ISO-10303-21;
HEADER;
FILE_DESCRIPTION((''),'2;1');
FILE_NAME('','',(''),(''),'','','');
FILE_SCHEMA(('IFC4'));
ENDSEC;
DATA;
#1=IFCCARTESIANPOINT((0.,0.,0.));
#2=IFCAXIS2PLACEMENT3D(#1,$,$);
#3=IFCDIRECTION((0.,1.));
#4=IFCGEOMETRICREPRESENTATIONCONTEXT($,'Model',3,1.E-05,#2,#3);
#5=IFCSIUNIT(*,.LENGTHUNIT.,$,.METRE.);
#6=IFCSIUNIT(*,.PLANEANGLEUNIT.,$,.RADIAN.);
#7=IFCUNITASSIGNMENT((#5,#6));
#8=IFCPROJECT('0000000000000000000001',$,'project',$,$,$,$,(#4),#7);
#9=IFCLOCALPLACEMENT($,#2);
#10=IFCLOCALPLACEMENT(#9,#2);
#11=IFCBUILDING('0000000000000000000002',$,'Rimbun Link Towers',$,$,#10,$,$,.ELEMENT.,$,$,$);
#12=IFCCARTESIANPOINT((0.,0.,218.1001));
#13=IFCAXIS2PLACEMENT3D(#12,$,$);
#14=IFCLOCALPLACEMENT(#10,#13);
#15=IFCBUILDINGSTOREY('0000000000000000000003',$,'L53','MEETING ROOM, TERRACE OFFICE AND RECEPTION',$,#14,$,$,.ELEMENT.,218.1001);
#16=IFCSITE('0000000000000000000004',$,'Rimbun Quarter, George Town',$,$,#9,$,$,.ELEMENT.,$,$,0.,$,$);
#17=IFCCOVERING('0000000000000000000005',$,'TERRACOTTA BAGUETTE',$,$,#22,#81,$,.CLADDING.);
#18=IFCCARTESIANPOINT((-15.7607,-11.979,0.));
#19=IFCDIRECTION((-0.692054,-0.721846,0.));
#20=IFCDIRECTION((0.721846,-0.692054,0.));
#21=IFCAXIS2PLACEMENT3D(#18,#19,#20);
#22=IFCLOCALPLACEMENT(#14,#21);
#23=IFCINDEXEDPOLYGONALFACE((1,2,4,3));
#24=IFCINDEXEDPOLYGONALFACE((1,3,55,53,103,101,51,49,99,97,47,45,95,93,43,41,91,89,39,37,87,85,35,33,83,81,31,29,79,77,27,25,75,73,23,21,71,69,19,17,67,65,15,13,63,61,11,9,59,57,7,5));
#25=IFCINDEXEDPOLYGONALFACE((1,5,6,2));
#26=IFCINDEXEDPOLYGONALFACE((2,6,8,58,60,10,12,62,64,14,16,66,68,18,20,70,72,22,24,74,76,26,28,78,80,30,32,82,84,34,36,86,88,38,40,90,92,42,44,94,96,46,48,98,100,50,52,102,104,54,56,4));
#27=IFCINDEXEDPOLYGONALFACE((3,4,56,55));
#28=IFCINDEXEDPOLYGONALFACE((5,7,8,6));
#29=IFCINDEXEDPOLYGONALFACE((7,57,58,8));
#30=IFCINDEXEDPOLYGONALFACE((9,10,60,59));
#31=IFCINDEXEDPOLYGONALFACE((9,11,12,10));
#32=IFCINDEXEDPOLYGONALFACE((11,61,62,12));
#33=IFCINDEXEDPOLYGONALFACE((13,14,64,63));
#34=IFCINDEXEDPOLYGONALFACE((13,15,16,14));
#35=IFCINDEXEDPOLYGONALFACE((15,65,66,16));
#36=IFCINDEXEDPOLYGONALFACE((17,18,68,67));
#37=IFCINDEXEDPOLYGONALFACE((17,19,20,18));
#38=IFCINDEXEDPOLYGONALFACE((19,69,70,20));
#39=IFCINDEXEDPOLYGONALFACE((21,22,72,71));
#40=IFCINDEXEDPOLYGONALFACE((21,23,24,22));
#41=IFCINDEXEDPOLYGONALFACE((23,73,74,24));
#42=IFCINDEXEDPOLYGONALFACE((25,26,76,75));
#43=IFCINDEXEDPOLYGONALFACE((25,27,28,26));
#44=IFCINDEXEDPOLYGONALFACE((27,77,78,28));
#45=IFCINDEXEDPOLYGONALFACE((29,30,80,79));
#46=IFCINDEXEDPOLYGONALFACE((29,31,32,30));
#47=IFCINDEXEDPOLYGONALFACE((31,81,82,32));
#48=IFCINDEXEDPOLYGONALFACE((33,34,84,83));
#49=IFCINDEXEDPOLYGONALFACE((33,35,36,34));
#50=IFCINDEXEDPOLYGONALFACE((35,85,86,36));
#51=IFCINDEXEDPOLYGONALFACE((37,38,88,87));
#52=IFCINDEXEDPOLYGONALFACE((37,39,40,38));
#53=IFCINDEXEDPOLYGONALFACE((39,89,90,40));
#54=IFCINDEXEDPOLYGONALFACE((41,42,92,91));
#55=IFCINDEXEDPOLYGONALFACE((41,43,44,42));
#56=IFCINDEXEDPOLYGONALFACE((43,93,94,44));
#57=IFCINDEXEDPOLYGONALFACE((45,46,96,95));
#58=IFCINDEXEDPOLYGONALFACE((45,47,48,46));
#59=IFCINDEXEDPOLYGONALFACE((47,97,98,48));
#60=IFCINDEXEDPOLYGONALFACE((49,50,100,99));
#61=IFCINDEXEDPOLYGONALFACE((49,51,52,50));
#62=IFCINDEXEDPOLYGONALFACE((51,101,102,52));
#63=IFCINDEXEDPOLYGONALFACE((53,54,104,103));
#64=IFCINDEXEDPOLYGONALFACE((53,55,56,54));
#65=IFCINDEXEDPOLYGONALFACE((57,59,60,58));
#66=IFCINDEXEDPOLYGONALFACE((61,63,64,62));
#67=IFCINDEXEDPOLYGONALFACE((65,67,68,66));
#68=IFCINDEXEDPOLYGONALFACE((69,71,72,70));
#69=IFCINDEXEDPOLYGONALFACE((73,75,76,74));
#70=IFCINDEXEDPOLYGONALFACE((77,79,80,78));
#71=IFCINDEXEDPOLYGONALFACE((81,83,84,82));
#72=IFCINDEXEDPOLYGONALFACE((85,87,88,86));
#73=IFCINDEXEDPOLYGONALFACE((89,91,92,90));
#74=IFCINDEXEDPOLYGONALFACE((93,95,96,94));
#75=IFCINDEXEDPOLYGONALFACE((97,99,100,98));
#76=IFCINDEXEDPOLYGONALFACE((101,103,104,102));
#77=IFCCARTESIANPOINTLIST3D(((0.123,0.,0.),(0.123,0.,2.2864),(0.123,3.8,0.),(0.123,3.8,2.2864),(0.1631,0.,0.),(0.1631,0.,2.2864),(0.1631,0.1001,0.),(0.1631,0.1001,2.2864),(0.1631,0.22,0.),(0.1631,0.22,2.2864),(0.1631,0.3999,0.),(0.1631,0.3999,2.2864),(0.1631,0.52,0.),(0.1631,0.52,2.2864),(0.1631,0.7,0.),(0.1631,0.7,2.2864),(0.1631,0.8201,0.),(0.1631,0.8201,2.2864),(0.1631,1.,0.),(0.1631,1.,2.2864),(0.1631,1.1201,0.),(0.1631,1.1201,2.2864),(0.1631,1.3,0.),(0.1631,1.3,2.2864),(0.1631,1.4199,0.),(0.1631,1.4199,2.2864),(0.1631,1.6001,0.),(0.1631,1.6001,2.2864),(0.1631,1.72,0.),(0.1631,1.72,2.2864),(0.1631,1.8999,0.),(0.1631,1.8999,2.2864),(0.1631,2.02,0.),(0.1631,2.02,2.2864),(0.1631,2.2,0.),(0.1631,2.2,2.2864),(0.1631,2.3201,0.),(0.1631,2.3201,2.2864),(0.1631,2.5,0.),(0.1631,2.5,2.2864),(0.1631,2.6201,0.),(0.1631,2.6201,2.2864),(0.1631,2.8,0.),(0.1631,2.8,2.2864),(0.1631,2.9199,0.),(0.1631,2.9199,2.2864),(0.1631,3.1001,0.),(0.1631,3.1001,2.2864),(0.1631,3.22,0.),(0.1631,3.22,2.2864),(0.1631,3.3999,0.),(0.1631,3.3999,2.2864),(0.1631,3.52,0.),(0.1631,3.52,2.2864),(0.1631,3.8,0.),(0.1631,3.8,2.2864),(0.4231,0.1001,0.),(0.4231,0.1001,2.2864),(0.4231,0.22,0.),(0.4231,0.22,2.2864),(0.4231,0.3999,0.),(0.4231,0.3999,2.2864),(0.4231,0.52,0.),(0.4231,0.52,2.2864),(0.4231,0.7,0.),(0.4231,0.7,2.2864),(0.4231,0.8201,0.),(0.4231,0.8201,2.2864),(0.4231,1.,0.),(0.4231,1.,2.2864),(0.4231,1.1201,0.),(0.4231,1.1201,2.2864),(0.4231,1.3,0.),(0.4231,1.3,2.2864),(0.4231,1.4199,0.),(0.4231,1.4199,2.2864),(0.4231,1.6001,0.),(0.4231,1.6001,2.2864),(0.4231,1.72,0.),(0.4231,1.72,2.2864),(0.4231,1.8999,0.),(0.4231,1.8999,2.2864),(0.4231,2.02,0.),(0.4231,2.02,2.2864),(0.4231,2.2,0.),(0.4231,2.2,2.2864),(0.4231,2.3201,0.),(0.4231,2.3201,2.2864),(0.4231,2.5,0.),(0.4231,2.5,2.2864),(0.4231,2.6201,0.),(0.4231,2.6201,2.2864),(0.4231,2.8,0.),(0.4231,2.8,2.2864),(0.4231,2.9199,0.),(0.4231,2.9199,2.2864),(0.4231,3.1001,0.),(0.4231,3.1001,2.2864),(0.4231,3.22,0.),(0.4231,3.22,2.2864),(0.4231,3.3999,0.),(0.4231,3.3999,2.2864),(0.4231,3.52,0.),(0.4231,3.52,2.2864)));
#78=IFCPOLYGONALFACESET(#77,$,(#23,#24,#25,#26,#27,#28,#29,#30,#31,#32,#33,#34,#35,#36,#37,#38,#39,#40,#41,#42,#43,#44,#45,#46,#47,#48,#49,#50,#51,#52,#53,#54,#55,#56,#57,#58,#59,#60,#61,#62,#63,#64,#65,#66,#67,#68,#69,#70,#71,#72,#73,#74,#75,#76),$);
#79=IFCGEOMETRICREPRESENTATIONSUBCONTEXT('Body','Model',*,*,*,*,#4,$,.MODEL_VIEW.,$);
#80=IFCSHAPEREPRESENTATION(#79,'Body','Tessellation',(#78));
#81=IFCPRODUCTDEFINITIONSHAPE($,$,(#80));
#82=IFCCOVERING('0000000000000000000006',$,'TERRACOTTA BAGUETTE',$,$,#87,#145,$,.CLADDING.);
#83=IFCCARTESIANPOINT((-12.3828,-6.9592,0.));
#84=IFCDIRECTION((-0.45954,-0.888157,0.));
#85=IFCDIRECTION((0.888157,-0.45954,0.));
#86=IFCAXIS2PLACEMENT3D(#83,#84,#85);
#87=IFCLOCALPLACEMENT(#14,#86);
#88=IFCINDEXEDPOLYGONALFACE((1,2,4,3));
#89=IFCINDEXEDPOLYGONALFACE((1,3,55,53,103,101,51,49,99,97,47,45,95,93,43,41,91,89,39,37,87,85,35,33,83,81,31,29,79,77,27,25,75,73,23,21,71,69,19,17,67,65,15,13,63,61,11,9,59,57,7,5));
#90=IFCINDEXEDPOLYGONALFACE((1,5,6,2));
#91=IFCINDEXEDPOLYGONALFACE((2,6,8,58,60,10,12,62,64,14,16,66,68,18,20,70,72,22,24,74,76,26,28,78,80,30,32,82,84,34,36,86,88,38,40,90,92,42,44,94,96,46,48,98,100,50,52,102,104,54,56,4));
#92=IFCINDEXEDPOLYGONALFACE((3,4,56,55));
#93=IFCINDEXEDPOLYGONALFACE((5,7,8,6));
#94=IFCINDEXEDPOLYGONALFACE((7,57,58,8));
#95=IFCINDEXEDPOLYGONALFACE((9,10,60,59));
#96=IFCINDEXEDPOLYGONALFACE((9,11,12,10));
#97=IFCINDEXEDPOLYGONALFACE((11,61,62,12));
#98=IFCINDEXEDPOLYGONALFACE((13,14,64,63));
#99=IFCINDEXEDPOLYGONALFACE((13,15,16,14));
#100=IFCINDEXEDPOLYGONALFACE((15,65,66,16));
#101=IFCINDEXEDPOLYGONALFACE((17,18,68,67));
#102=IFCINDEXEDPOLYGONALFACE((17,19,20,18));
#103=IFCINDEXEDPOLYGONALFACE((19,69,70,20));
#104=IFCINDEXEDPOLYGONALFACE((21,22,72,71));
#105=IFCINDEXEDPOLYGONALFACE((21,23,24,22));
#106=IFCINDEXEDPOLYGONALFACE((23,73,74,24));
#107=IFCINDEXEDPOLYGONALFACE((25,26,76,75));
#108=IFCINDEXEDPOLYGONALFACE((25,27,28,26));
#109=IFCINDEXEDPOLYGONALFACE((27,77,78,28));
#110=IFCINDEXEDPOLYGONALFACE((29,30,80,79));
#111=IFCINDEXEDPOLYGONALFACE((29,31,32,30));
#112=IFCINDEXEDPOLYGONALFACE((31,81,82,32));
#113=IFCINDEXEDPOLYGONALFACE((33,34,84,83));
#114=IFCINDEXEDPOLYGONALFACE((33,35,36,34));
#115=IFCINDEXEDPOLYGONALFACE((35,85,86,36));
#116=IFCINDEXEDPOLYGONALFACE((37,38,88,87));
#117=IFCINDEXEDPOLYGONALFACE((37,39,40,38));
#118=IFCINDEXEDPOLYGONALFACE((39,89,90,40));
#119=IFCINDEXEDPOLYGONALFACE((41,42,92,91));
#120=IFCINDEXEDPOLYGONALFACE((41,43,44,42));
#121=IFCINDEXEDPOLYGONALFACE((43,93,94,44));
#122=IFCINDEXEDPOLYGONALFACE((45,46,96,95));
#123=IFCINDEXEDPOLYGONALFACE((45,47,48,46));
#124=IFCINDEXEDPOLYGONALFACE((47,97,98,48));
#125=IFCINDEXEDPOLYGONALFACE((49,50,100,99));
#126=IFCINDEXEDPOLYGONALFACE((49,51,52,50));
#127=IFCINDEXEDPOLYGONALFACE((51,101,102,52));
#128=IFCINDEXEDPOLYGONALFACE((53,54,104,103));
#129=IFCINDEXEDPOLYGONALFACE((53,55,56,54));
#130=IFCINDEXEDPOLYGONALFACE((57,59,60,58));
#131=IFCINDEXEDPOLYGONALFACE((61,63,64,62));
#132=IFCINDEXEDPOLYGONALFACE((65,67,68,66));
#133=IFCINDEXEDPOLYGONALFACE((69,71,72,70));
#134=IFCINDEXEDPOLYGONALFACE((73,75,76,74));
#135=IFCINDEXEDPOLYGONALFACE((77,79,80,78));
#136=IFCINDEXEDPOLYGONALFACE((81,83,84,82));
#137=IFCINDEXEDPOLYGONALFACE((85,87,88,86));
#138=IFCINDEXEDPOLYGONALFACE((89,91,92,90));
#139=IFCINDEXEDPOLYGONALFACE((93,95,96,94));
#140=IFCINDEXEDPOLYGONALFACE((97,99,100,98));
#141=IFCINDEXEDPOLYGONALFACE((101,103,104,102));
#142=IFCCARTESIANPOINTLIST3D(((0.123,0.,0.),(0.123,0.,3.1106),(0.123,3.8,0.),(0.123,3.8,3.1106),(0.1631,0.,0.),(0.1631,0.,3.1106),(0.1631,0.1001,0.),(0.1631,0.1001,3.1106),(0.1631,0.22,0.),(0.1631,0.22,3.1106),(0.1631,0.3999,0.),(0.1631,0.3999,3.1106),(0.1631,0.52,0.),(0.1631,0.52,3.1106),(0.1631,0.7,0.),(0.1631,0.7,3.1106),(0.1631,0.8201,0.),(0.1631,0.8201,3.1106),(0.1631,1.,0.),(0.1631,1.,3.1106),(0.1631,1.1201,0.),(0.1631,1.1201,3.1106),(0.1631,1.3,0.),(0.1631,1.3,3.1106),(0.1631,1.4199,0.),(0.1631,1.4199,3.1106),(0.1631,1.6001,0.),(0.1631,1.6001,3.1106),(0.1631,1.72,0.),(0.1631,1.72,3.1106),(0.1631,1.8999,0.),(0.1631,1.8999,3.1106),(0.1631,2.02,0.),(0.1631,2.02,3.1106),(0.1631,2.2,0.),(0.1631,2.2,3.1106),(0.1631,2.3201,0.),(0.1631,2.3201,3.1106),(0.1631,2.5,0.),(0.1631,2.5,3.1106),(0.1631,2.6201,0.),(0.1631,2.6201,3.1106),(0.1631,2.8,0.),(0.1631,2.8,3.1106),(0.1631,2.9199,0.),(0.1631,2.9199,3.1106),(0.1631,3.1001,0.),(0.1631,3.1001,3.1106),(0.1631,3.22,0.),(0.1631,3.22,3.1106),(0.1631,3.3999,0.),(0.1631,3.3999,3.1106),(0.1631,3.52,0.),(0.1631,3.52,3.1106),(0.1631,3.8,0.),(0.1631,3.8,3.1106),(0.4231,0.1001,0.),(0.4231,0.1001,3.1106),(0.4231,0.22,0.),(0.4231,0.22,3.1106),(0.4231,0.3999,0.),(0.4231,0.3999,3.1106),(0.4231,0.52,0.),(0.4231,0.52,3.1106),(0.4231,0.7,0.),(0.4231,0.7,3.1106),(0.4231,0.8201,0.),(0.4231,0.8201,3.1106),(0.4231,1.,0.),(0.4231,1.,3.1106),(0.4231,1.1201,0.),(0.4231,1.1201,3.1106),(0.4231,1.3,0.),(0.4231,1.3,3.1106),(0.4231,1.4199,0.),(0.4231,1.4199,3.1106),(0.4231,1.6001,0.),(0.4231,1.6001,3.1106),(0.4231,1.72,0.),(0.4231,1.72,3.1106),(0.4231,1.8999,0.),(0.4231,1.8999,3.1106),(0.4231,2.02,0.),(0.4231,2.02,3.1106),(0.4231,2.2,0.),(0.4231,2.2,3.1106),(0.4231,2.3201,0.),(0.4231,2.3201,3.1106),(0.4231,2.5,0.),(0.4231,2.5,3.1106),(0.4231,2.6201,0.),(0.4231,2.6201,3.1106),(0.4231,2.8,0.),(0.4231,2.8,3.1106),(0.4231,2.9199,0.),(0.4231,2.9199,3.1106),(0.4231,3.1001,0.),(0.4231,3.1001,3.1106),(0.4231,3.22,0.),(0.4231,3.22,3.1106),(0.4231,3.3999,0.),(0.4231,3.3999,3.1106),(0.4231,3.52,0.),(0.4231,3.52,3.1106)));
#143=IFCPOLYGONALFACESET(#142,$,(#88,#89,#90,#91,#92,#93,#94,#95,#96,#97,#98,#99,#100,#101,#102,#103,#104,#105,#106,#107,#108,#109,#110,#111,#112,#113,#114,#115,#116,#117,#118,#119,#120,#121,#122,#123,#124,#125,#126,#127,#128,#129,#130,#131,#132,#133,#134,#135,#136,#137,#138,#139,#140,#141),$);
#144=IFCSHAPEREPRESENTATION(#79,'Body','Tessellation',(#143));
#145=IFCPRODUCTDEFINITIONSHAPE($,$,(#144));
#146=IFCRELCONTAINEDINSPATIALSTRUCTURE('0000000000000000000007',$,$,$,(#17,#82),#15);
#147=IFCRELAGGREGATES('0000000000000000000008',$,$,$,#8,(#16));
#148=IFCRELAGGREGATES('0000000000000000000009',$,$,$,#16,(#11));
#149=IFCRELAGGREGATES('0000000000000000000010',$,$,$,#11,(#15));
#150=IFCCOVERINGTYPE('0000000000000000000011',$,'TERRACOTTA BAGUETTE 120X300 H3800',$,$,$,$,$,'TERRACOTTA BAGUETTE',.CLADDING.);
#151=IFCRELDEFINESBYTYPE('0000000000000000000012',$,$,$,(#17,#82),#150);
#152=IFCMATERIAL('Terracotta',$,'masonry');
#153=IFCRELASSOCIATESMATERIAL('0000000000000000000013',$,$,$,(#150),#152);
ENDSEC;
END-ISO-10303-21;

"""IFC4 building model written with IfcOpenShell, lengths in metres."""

from ifc_helpers import new_model, si_unit, direction, frame, origin, place, context, subcontext, project, spatial, polyline, outline, extrude, material, material_profile, profile_set, type_object, element, save


model = new_model("IFC4")

# Units and contexts
model_context = context("Model", 3, precision=1e-05, world=origin(), true_north=direction((0.0, 1.0)))
body_context = subcontext(model_context, "Body", "Model", "MODEL_VIEW")
ifc_project = project(units=[si_unit("LENGTHUNIT", "METRE"), si_unit("PLANEANGLEUNIT", "RADIAN")], contexts=[model_context])

# Site, building, storey
site_placement = place(None, origin())
site = spatial("IfcSite", under=ifc_project, at=site_placement, Name="Rimbun Quarter, George Town", CompositionType="ELEMENT", RefElevation=0.0)
building_placement = place(site_placement, origin())
building = spatial("IfcBuilding", under=site, at=building_placement, Name="Rimbun Link Towers", CompositionType="ELEMENT")
storey_placement = place(building_placement, frame((0.0, 0.0, 218.1001)))
storey = spatial("IfcBuildingStorey", under=building, at=storey_placement, Name="L53", Description="MEETING ROOM, TERRACE OFFICE AND RECEPTION", CompositionType="ELEMENT", Elevation=218.1001)

# Coverings
ifc_material_1 = material(Name="Terracotta", Category="masonry")
ifc_material_profile_1 = material_profile(ifc_material_1, outline(polyline([(0.123, 0.0), (0.1631, 0.0), (0.1631, 0.1001), (0.4231, 0.1001), (0.4231, 0.22), (0.1631, 0.22), (0.1631, 0.3999), (0.4231, 0.3999), (0.4231, 0.52), (0.1631, 0.52), (0.1631, 0.7), (0.4231, 0.7), (0.4231, 0.8201), (0.1631, 0.8201), (0.1631, 1.0), (0.4231, 1.0), (0.4231, 1.1201), (0.1631, 1.1201), (0.1631, 1.3), (0.4231, 1.3), (0.4231, 1.4199), (0.1631, 1.4199), (0.1631, 1.6001), (0.4231, 1.6001), (0.4231, 1.72), (0.1631, 1.72), (0.1631, 1.8999), (0.4231, 1.8999), (0.4231, 2.02), (0.1631, 2.02), (0.1631, 2.2), (0.4231, 2.2), (0.4231, 2.3201), (0.1631, 2.3201), (0.1631, 2.5), (0.4231, 2.5), (0.4231, 2.6201), (0.1631, 2.6201), (0.1631, 2.8), (0.4231, 2.8), (0.4231, 2.9199), (0.1631, 2.9199), (0.1631, 3.1001), (0.4231, 3.1001), (0.4231, 3.22), (0.1631, 3.22), (0.1631, 3.3999), (0.4231, 3.3999), (0.4231, 3.52), (0.1631, 3.52), (0.1631, 3.8), (0.123, 3.8), (0.123, 0.0)])), Name="BAGUETTE 120X300")
ifc_profile_set_1 = profile_set([ifc_material_profile_1], Name="Terracotta")
covering_type = type_object("IfcCoveringType", Name="TERRACOTTA BAGUETTE 120X300 H3800", ElementType="TERRACOTTA BAGUETTE", PredefinedType="CLADDING", material=ifc_profile_set_1)
covering_1_placement = place(storey_placement, frame((-15.7607, -11.979, 0.0), z_axis=(-0.692054, -0.721846, 0.0), x_axis=(0.721846, -0.692054, 0.0)))
element("IfcCovering", 1, at=covering_1_placement, inside=storey, type_object=covering_type, Name="TERRACOTTA BAGUETTE", PredefinedType="CLADDING", context=body_context, shape_type="SweptSolid", body=[
    extrude(outline(polyline([(0.123, 0.0), (0.1631, 0.0), (0.1631, 0.1001), (0.4231, 0.1001), (0.4231, 0.22), (0.1631, 0.22), (0.1631, 0.3999), (0.4231, 0.3999), (0.4231, 0.52), (0.1631, 0.52), (0.1631, 0.7), (0.4231, 0.7), (0.4231, 0.8201), (0.1631, 0.8201), (0.1631, 1.0), (0.4231, 1.0), (0.4231, 1.1201), (0.1631, 1.1201), (0.1631, 1.3), (0.4231, 1.3), (0.4231, 1.4199), (0.1631, 1.4199), (0.1631, 1.6001), (0.4231, 1.6001), (0.4231, 1.72), (0.1631, 1.72), (0.1631, 1.8999), (0.4231, 1.8999), (0.4231, 2.02), (0.1631, 2.02), (0.1631, 2.2), (0.4231, 2.2), (0.4231, 2.3201), (0.1631, 2.3201), (0.1631, 2.5), (0.4231, 2.5), (0.4231, 2.6201), (0.1631, 2.6201), (0.1631, 2.8), (0.4231, 2.8), (0.4231, 2.9199), (0.1631, 2.9199), (0.1631, 3.1001), (0.4231, 3.1001), (0.4231, 3.22), (0.1631, 3.22), (0.1631, 3.3999), (0.4231, 3.3999), (0.4231, 3.52), (0.1631, 3.52), (0.1631, 3.8), (0.123, 3.8), (0.123, 0.0)])), origin(), (0.0, 0.0, 1.0), 2.2864),
])
covering_2_placement = place(storey_placement, frame((-12.3828, -6.9592, 0.0), z_axis=(-0.45954, -0.888157, 0.0), x_axis=(0.888157, -0.45954, 0.0)))
element("IfcCovering", 2, at=covering_2_placement, inside=storey, type_object=covering_type, Name="TERRACOTTA BAGUETTE", PredefinedType="CLADDING", context=body_context, shape_type="SweptSolid", body=[
    extrude(outline(polyline([(0.123, 0.0), (0.1631, 0.0), (0.1631, 0.1001), (0.4231, 0.1001), (0.4231, 0.22), (0.1631, 0.22), (0.1631, 0.3999), (0.4231, 0.3999), (0.4231, 0.52), (0.1631, 0.52), (0.1631, 0.7), (0.4231, 0.7), (0.4231, 0.8201), (0.1631, 0.8201), (0.1631, 1.0), (0.4231, 1.0), (0.4231, 1.1201), (0.1631, 1.1201), (0.1631, 1.3), (0.4231, 1.3), (0.4231, 1.4199), (0.1631, 1.4199), (0.1631, 1.6001), (0.4231, 1.6001), (0.4231, 1.72), (0.1631, 1.72), (0.1631, 1.8999), (0.4231, 1.8999), (0.4231, 2.02), (0.1631, 2.02), (0.1631, 2.2), (0.4231, 2.2), (0.4231, 2.3201), (0.1631, 2.3201), (0.1631, 2.5), (0.4231, 2.5), (0.4231, 2.6201), (0.1631, 2.6201), (0.1631, 2.8), (0.4231, 2.8), (0.4231, 2.9199), (0.1631, 2.9199), (0.1631, 3.1001), (0.4231, 3.1001), (0.4231, 3.22), (0.1631, 3.22), (0.1631, 3.3999), (0.4231, 3.3999), (0.4231, 3.52), (0.1631, 3.52), (0.1631, 3.8), (0.123, 3.8), (0.123, 0.0)])), origin(), (0.0, 0.0, 1.0), 3.1106),
])

save(model, "model.ifc")
